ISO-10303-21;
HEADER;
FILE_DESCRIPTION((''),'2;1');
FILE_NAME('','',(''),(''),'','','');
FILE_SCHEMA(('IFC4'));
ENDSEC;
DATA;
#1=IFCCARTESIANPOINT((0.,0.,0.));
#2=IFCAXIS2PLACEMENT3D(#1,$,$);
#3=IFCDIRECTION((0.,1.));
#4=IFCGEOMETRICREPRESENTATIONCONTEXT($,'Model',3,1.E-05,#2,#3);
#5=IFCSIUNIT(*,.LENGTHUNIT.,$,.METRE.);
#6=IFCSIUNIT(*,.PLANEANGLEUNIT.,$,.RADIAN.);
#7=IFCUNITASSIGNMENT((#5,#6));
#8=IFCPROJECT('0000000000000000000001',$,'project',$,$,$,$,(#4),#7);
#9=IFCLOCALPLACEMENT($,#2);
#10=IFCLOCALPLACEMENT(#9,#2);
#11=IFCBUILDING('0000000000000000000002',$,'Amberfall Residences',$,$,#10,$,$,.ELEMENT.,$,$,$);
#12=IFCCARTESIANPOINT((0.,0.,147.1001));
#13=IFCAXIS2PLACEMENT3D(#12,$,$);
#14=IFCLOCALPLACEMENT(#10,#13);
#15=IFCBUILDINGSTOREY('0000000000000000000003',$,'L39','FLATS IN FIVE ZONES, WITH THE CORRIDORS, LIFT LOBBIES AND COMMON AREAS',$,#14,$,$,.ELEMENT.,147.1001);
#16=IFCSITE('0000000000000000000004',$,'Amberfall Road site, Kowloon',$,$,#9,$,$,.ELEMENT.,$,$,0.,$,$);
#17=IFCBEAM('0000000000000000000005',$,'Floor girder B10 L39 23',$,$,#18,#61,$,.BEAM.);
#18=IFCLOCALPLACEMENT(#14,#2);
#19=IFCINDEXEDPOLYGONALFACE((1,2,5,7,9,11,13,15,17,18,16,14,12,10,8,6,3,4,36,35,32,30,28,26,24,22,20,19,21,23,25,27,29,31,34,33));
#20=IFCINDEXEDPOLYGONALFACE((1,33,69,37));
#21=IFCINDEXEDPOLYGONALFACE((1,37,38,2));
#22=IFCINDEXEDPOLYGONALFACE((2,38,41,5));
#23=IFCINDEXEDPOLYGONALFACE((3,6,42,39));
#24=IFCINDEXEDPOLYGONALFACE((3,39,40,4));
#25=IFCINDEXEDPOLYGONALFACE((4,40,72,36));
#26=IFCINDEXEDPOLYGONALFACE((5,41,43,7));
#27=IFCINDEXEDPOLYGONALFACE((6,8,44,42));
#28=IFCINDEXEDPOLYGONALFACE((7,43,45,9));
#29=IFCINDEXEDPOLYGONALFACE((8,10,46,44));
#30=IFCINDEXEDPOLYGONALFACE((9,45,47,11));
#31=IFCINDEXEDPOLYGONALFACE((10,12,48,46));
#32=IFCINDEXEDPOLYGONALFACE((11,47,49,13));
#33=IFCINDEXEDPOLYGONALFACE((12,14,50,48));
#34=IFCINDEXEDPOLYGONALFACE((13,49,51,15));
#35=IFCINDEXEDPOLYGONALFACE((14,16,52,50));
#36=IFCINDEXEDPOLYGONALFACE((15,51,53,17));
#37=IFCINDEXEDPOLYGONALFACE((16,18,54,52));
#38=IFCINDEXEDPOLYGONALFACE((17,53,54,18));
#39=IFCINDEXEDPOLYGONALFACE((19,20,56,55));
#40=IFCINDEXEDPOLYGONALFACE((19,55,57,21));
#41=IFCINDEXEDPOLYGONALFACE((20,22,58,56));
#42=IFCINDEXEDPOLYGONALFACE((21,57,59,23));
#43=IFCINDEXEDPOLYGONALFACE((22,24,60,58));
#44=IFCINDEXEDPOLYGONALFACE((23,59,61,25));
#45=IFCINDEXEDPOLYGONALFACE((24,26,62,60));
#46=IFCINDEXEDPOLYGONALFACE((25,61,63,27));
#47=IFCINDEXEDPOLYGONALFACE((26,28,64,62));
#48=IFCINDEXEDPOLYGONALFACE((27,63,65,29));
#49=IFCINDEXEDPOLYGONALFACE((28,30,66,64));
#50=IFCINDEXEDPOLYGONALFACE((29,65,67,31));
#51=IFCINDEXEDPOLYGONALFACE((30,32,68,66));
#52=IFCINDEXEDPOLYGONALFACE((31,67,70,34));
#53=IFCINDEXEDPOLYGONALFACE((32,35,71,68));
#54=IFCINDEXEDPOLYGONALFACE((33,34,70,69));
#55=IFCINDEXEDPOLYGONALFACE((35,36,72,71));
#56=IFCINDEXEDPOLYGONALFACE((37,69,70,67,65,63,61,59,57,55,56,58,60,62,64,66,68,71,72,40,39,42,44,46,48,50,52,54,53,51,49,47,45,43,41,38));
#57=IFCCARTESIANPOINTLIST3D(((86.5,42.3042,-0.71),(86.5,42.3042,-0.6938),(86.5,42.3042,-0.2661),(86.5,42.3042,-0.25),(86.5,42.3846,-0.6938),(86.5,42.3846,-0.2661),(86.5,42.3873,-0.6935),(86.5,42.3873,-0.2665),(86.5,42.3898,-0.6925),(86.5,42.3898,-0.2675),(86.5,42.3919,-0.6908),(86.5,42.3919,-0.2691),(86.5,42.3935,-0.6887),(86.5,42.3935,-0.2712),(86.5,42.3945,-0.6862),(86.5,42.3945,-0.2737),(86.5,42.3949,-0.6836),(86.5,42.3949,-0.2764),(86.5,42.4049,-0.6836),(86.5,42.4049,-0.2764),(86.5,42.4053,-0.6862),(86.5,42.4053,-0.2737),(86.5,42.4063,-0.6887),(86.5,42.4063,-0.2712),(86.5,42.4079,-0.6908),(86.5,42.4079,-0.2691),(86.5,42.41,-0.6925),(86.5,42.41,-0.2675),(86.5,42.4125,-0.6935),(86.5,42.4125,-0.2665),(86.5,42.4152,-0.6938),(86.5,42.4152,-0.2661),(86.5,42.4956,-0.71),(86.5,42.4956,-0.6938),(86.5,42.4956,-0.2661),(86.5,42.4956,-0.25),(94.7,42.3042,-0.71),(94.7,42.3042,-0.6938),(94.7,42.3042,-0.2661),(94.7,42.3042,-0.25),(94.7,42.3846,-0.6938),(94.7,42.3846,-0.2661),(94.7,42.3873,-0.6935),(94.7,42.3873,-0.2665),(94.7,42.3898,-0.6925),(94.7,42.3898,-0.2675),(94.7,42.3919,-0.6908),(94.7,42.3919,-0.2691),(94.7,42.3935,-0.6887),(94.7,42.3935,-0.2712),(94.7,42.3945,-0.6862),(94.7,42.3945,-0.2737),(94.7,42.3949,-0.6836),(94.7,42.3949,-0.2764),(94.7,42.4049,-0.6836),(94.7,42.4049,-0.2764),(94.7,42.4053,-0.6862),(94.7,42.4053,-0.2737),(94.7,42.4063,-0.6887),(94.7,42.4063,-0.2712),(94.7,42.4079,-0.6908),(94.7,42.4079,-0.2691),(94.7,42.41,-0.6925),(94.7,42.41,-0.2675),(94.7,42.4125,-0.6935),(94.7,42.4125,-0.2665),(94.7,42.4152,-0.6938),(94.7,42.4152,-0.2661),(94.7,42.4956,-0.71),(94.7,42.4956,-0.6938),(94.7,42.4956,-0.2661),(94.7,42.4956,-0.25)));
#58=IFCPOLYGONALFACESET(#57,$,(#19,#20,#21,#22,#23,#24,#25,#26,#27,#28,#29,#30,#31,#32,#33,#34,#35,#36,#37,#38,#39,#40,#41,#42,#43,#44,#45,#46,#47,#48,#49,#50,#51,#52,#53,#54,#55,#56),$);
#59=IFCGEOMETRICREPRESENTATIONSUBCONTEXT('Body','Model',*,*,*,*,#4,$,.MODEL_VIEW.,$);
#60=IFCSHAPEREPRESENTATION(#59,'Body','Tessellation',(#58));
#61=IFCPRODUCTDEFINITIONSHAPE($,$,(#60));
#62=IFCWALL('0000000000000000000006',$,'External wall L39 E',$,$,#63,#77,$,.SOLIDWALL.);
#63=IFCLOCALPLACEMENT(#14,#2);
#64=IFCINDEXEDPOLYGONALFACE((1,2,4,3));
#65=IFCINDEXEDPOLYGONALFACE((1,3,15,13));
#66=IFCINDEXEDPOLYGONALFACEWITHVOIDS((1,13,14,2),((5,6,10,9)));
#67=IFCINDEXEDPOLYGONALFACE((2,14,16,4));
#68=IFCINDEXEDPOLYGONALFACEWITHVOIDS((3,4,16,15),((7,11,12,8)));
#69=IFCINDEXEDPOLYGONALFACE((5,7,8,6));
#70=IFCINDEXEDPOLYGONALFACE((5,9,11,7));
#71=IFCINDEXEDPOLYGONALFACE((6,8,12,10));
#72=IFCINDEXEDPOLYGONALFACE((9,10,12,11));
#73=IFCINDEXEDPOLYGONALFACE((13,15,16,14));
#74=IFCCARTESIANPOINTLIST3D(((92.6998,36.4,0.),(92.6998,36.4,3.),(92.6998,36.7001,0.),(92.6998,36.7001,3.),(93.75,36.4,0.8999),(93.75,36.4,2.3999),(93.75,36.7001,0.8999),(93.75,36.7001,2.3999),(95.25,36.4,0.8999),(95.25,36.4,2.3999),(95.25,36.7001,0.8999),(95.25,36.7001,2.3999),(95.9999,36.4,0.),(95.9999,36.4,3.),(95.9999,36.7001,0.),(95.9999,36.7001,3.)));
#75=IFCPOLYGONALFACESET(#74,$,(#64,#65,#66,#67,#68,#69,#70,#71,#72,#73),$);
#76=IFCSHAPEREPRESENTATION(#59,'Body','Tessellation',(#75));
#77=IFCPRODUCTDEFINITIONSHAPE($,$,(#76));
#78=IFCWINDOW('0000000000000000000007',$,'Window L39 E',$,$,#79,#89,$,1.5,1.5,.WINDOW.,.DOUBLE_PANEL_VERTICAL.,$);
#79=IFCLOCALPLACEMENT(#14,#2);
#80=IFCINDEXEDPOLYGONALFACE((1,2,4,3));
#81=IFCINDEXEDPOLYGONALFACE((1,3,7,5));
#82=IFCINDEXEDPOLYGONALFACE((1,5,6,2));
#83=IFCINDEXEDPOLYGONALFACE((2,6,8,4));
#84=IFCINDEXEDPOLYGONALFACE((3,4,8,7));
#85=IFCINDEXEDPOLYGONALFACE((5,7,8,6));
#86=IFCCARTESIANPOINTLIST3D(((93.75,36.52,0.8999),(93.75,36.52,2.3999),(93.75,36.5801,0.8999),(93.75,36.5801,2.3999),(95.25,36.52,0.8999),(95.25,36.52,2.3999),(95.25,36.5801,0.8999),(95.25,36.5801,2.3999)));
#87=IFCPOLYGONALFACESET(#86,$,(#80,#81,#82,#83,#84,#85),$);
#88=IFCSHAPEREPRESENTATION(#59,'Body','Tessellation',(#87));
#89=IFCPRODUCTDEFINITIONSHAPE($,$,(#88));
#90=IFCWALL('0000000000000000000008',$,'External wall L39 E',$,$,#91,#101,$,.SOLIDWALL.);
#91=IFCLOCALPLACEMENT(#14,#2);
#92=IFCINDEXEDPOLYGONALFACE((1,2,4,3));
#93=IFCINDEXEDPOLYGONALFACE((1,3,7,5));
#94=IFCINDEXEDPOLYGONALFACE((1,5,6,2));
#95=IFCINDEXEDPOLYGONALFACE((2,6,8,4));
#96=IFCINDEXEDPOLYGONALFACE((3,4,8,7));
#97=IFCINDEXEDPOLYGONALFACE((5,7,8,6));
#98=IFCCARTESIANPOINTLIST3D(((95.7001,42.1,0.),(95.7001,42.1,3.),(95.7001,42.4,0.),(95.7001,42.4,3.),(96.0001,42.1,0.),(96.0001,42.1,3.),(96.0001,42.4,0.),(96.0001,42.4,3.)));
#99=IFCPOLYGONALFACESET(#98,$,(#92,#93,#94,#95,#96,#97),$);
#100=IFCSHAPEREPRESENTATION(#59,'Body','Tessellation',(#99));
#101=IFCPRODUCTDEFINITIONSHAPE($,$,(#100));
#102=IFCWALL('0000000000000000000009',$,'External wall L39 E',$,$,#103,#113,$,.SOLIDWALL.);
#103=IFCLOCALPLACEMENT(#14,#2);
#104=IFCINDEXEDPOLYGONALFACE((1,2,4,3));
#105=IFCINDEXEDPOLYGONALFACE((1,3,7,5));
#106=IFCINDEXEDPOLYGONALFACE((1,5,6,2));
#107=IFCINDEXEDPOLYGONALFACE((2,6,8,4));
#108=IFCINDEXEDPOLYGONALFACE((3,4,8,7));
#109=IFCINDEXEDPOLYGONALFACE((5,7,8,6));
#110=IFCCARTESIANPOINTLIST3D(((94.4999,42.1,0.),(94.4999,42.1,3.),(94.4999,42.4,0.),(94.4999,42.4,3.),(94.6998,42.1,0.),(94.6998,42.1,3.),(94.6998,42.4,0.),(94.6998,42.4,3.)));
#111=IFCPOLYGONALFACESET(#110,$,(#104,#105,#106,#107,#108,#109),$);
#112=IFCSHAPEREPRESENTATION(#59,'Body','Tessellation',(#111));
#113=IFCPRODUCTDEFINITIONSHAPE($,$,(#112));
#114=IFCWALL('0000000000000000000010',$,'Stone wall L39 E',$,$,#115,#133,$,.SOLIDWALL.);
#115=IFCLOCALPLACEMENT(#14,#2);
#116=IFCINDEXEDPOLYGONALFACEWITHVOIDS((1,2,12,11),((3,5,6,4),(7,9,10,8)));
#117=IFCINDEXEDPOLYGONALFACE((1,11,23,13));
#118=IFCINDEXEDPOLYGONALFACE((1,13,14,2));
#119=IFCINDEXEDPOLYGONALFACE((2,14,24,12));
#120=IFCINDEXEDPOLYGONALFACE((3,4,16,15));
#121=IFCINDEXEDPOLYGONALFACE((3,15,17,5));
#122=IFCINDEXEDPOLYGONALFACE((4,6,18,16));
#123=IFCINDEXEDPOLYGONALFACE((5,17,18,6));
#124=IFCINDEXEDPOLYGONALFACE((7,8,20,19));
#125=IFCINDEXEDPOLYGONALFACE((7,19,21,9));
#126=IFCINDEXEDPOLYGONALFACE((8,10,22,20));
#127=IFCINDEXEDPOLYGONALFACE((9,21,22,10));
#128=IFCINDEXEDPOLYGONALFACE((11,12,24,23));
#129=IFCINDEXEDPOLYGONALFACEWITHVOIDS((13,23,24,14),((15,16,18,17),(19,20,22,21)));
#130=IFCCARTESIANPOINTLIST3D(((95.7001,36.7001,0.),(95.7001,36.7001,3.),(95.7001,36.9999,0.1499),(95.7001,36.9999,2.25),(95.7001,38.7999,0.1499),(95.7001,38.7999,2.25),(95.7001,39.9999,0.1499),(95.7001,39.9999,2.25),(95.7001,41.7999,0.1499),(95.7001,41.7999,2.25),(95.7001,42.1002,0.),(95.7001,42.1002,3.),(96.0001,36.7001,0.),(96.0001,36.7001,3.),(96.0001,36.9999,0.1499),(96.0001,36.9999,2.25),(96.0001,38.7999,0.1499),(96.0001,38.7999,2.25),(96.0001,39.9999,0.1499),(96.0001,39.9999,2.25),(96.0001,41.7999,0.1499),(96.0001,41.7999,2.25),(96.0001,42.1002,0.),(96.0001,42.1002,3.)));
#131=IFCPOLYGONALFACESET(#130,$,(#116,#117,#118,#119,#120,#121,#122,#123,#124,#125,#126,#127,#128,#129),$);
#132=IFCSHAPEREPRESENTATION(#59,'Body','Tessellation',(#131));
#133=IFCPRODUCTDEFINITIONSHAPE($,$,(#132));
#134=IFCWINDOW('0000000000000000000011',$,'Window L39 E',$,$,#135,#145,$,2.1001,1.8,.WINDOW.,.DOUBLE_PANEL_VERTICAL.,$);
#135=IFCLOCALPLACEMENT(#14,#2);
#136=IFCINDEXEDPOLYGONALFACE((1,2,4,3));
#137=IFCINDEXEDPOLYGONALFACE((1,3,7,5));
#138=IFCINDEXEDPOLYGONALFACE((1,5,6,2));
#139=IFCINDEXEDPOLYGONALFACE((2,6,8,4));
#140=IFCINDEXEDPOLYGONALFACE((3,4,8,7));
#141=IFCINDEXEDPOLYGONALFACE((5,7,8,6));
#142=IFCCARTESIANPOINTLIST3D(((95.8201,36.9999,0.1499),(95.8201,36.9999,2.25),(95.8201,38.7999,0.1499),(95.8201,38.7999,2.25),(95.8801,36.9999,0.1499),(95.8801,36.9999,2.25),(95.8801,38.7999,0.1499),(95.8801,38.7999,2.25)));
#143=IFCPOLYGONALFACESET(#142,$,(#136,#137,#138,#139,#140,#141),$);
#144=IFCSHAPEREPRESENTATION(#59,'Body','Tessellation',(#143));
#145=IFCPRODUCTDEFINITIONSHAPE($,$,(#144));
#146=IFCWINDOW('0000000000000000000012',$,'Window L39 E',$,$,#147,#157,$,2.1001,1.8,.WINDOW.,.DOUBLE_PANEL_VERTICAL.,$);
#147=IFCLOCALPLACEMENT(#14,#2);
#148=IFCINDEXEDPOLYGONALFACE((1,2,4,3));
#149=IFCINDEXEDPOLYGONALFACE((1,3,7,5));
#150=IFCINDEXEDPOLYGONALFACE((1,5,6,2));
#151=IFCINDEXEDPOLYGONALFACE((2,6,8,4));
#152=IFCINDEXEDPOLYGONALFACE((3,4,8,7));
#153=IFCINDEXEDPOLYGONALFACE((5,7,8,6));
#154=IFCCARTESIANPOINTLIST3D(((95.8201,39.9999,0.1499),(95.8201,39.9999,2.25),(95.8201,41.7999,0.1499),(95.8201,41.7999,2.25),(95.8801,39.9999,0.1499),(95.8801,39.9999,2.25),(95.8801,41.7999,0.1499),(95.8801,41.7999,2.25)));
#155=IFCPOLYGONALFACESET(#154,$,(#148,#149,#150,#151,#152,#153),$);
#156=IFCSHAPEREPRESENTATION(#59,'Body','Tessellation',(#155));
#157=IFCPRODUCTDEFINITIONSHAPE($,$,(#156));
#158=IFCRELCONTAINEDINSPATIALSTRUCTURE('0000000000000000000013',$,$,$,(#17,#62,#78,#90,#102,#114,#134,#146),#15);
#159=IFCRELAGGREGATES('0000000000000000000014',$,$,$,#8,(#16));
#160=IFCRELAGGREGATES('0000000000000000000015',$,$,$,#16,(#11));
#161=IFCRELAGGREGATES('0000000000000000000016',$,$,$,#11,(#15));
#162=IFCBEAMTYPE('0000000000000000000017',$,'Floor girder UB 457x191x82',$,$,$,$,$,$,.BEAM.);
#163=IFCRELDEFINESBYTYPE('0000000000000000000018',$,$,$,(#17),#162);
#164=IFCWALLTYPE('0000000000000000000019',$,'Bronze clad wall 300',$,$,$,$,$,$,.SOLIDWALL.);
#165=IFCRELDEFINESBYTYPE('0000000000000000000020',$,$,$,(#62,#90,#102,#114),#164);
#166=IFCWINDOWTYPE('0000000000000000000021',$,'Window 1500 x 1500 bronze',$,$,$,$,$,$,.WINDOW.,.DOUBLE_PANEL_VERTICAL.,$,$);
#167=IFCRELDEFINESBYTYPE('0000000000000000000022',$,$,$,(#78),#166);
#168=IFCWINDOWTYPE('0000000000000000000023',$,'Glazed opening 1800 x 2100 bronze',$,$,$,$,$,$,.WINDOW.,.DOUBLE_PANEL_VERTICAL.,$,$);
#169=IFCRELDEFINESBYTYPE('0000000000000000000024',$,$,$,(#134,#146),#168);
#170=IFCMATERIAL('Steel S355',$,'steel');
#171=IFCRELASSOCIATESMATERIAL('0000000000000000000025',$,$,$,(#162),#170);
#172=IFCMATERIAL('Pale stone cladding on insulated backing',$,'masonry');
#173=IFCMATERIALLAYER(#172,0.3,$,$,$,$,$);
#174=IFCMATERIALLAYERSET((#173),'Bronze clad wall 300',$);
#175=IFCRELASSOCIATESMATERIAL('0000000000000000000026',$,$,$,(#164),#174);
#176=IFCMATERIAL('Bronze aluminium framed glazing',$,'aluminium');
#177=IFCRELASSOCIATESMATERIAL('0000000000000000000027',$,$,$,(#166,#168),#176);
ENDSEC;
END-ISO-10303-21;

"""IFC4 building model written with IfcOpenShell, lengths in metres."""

from ifc_helpers import new_model, si_unit, direction, frame, frame_2d, origin, origin_2d, place, context, subcontext, project, spatial, rectangle, i_section, extrude, material, layer, layer_set, material_profile, profile_set, type_object, element, fill, save


model = new_model("IFC4")

# Units and contexts
model_context = context("Model", 3, precision=1e-05, world=origin(), true_north=direction((0.0, 1.0)))
body_context = subcontext(model_context, "Body", "Model", "MODEL_VIEW")
ifc_project = project(units=[si_unit("LENGTHUNIT", "METRE"), si_unit("PLANEANGLEUNIT", "RADIAN")], contexts=[model_context])

# Site, building, storey
site_placement = place(None, origin())
site = spatial("IfcSite", under=ifc_project, at=site_placement, Name="Amberfall Road site, Kowloon", CompositionType="ELEMENT", RefElevation=0.0)
building_placement = place(site_placement, origin())
building = spatial("IfcBuilding", under=site, at=building_placement, Name="Amberfall Residences", CompositionType="ELEMENT")
storey_placement = place(building_placement, frame((0.0, 0.0, 147.1001)))
storey = spatial("IfcBuildingStorey", under=building, at=storey_placement, Name="L39", Description="FLATS IN FIVE ZONES, WITH THE CORRIDORS, LIFT LOBBIES AND COMMON AREAS", CompositionType="ELEMENT", Elevation=147.1001)

# Beam
ifc_material_1 = material(Name="Steel S355", Category="steel")
ifc_material_profile_1 = material_profile(ifc_material_1, i_section(OverallWidth=0.1914, OverallDepth=0.46, WebThickness=0.01, FlangeThickness=0.0161, FilletRadius=0.0103, at=origin_2d()), Name="UB 457x191x82")
ifc_profile_set_1 = profile_set([ifc_material_profile_1], Name="Steel S355")
beam_type_1 = type_object("IfcBeamType", Name="Floor girder UB 457x191x82", PredefinedType="BEAM", material=ifc_profile_set_1)
beam_1_placement = place(storey_placement, frame((94.7, 42.3999, -0.48), z_axis=(-1.0, 0.0, 0.0), x_axis=(0.0, -1.0, 0.0)))
element("IfcBeam", 1, at=beam_1_placement, inside=storey, type_object=beam_type_1, Name="Floor girder B10 L39 23", PredefinedType="BEAM", context=body_context, shape_type="SweptSolid", body=[
    extrude(i_section(OverallWidth=0.1914, OverallDepth=0.46, WebThickness=0.01, FlangeThickness=0.0161, FilletRadius=0.0103, at=origin_2d()), origin(), (0.0, 0.0, 1.0), 8.2),
])

# Wall, opening, window
ifc_material_2 = material(Name="Pale stone cladding on insulated backing", Category="masonry")
ifc_layer_1 = layer(ifc_material_2, 0.3)
ifc_layer_set_1 = layer_set([ifc_layer_1], Name="Bronze clad wall 300")
wall_type_1 = type_object("IfcWallType", Name="Bronze clad wall 300", PredefinedType="SOLIDWALL", material=ifc_layer_set_1)
wall_1_placement = place(storey_placement, frame((92.7, 36.55, 0.0), z_axis=(0.0, 0.0, 1.0), x_axis=(1.0, 0.0, 0.0)))
wall_1 = element("IfcWall", 2, at=wall_1_placement, inside=storey, type_object=wall_type_1, Name="External wall L39 E", PredefinedType="SOLIDWALL", context=body_context, shape_type="SweptSolid", body=[
    extrude(rectangle(XDim=3.3, YDim=0.3, at=frame_2d((1.6499, 0.0))), origin(), (0.0, 0.0, 1.0), 3.0),
])
opening_1_placement = place(wall_1_placement, frame((1.05, 0.0, 0.8999)))
opening_1 = element("IfcOpeningElement", 3, at=opening_1_placement, cuts=wall_1, PredefinedType="OPENING", context=body_context, shape_type="SweptSolid", body=[
    extrude(rectangle(XDim=1.5, YDim=1.5, at=frame_2d((0.75, 0.75))), frame((0.0, 0.1599, 0.0), z_axis=(0.0, -1.0, 0.0), x_axis=(1.0, 0.0, 0.0)), (0.0, 0.0, 1.0), 0.3201),
])
ifc_material_3 = material(Name="Bronze aluminium framed glazing", Category="aluminium")
window_type_1 = type_object("IfcWindowType", Name="Window 1500 x 1500 bronze", PartitioningType="DOUBLE_PANEL_VERTICAL", PredefinedType="WINDOW", material=ifc_material_3)
window_1_placement = place(opening_1_placement, origin())
window_1 = element("IfcWindow", 4, at=window_1_placement, inside=storey, type_object=window_type_1, Name="Window L39 E", OverallHeight=1.5, OverallWidth=1.5, PartitioningType="DOUBLE_PANEL_VERTICAL", PredefinedType="WINDOW", context=body_context, shape_type="SweptSolid", body=[
    extrude(rectangle(XDim=1.5, YDim=1.5, at=frame_2d((0.75, 0.75))), frame((0.0, 0.03, 0.0), z_axis=(0.0, -1.0, 0.0), x_axis=(1.0, 0.0, 0.0)), (0.0, 0.0, 1.0), 0.0601),
])
fill(opening_1, window_1)

# Walls
wall_2_placement = place(storey_placement, frame((96.0, 42.25, 0.0), z_axis=(0.0, 0.0, 1.0), x_axis=(-1.0, 0.0, 0.0)))
element("IfcWall", 5, at=wall_2_placement, inside=storey, type_object=wall_type_1, Name="External wall L39 E", PredefinedType="SOLIDWALL", context=body_context, shape_type="SweptSolid", body=[
    extrude(rectangle(XDim=0.3, YDim=0.3, at=frame_2d((0.1499, 0.0))), origin(), (0.0, 0.0, 1.0), 3.0),
])
wall_3_placement = place(storey_placement, frame((94.7, 42.25, 0.0), z_axis=(0.0, 0.0, 1.0), x_axis=(-1.0, 0.0, 0.0)))
element("IfcWall", 6, at=wall_3_placement, inside=storey, type_object=wall_type_1, Name="External wall L39 E", PredefinedType="SOLIDWALL", context=body_context, shape_type="SweptSolid", body=[
    extrude(rectangle(XDim=0.2, YDim=0.3, at=frame_2d((0.1001, 0.0))), origin(), (0.0, 0.0, 1.0), 3.0),
])

# Wall, openings, windows
wall_4_placement = place(storey_placement, frame((95.8501, 36.7, 0.0), z_axis=(0.0, 0.0, 1.0), x_axis=(0.0, 1.0, 0.0)))
wall_4 = element("IfcWall", 7, at=wall_4_placement, inside=storey, type_object=wall_type_1, Name="Stone wall L39 E", PredefinedType="SOLIDWALL", context=body_context, shape_type="SweptSolid", body=[
    extrude(rectangle(XDim=5.4001, YDim=0.3, at=frame_2d((2.7002, 0.0))), origin(), (0.0, 0.0, 1.0), 3.0),
])
opening_2_placement = place(wall_4_placement, frame((0.3, 0.0, 0.1499)))
opening_2 = element("IfcOpeningElement", 8, at=opening_2_placement, cuts=wall_4, PredefinedType="OPENING", context=body_context, shape_type="SweptSolid", body=[
    extrude(rectangle(XDim=1.8, YDim=2.1001, at=frame_2d((0.8999, 1.05))), frame((0.0, 0.1599, 0.0), z_axis=(0.0, -1.0, 0.0), x_axis=(1.0, 0.0, 0.0)), (0.0, 0.0, 1.0), 0.3201),
])
opening_3_placement = place(wall_4_placement, frame((3.3, 0.0, 0.1499)))
opening_3 = element("IfcOpeningElement", 9, at=opening_3_placement, cuts=wall_4, PredefinedType="OPENING", context=body_context, shape_type="SweptSolid", body=[
    extrude(rectangle(XDim=1.8, YDim=2.1001, at=frame_2d((0.8999, 1.05))), frame((0.0, 0.1599, 0.0), z_axis=(0.0, -1.0, 0.0), x_axis=(1.0, 0.0, 0.0)), (0.0, 0.0, 1.0), 0.3201),
])
window_type_2 = type_object("IfcWindowType", Name="Glazed opening 1800 x 2100 bronze", PartitioningType="DOUBLE_PANEL_VERTICAL", PredefinedType="WINDOW", material=ifc_material_3)
window_2_placement = place(opening_2_placement, origin())
window_2 = element("IfcWindow", 10, at=window_2_placement, inside=storey, type_object=window_type_2, Name="Window L39 E", OverallHeight=2.1001, OverallWidth=1.8, PartitioningType="DOUBLE_PANEL_VERTICAL", PredefinedType="WINDOW", context=body_context, shape_type="SweptSolid", body=[
    extrude(rectangle(XDim=1.8, YDim=2.1001, at=frame_2d((0.8999, 1.05))), frame((0.0, 0.03, 0.0), z_axis=(0.0, -1.0, 0.0), x_axis=(1.0, 0.0, 0.0)), (0.0, 0.0, 1.0), 0.0601),
])
fill(opening_2, window_2)
window_3_placement = place(opening_3_placement, origin())
window_3 = element("IfcWindow", 11, at=window_3_placement, inside=storey, type_object=window_type_2, Name="Window L39 E", OverallHeight=2.1001, OverallWidth=1.8, PartitioningType="DOUBLE_PANEL_VERTICAL", PredefinedType="WINDOW", context=body_context, shape_type="SweptSolid", body=[
    extrude(rectangle(XDim=1.8, YDim=2.1001, at=frame_2d((0.8999, 1.05))), frame((0.0, 0.03, 0.0), z_axis=(0.0, -1.0, 0.0), x_axis=(1.0, 0.0, 0.0)), (0.0, 0.0, 1.0), 0.0601),
])
fill(opening_3, window_3)

save(model, "model.ifc")
